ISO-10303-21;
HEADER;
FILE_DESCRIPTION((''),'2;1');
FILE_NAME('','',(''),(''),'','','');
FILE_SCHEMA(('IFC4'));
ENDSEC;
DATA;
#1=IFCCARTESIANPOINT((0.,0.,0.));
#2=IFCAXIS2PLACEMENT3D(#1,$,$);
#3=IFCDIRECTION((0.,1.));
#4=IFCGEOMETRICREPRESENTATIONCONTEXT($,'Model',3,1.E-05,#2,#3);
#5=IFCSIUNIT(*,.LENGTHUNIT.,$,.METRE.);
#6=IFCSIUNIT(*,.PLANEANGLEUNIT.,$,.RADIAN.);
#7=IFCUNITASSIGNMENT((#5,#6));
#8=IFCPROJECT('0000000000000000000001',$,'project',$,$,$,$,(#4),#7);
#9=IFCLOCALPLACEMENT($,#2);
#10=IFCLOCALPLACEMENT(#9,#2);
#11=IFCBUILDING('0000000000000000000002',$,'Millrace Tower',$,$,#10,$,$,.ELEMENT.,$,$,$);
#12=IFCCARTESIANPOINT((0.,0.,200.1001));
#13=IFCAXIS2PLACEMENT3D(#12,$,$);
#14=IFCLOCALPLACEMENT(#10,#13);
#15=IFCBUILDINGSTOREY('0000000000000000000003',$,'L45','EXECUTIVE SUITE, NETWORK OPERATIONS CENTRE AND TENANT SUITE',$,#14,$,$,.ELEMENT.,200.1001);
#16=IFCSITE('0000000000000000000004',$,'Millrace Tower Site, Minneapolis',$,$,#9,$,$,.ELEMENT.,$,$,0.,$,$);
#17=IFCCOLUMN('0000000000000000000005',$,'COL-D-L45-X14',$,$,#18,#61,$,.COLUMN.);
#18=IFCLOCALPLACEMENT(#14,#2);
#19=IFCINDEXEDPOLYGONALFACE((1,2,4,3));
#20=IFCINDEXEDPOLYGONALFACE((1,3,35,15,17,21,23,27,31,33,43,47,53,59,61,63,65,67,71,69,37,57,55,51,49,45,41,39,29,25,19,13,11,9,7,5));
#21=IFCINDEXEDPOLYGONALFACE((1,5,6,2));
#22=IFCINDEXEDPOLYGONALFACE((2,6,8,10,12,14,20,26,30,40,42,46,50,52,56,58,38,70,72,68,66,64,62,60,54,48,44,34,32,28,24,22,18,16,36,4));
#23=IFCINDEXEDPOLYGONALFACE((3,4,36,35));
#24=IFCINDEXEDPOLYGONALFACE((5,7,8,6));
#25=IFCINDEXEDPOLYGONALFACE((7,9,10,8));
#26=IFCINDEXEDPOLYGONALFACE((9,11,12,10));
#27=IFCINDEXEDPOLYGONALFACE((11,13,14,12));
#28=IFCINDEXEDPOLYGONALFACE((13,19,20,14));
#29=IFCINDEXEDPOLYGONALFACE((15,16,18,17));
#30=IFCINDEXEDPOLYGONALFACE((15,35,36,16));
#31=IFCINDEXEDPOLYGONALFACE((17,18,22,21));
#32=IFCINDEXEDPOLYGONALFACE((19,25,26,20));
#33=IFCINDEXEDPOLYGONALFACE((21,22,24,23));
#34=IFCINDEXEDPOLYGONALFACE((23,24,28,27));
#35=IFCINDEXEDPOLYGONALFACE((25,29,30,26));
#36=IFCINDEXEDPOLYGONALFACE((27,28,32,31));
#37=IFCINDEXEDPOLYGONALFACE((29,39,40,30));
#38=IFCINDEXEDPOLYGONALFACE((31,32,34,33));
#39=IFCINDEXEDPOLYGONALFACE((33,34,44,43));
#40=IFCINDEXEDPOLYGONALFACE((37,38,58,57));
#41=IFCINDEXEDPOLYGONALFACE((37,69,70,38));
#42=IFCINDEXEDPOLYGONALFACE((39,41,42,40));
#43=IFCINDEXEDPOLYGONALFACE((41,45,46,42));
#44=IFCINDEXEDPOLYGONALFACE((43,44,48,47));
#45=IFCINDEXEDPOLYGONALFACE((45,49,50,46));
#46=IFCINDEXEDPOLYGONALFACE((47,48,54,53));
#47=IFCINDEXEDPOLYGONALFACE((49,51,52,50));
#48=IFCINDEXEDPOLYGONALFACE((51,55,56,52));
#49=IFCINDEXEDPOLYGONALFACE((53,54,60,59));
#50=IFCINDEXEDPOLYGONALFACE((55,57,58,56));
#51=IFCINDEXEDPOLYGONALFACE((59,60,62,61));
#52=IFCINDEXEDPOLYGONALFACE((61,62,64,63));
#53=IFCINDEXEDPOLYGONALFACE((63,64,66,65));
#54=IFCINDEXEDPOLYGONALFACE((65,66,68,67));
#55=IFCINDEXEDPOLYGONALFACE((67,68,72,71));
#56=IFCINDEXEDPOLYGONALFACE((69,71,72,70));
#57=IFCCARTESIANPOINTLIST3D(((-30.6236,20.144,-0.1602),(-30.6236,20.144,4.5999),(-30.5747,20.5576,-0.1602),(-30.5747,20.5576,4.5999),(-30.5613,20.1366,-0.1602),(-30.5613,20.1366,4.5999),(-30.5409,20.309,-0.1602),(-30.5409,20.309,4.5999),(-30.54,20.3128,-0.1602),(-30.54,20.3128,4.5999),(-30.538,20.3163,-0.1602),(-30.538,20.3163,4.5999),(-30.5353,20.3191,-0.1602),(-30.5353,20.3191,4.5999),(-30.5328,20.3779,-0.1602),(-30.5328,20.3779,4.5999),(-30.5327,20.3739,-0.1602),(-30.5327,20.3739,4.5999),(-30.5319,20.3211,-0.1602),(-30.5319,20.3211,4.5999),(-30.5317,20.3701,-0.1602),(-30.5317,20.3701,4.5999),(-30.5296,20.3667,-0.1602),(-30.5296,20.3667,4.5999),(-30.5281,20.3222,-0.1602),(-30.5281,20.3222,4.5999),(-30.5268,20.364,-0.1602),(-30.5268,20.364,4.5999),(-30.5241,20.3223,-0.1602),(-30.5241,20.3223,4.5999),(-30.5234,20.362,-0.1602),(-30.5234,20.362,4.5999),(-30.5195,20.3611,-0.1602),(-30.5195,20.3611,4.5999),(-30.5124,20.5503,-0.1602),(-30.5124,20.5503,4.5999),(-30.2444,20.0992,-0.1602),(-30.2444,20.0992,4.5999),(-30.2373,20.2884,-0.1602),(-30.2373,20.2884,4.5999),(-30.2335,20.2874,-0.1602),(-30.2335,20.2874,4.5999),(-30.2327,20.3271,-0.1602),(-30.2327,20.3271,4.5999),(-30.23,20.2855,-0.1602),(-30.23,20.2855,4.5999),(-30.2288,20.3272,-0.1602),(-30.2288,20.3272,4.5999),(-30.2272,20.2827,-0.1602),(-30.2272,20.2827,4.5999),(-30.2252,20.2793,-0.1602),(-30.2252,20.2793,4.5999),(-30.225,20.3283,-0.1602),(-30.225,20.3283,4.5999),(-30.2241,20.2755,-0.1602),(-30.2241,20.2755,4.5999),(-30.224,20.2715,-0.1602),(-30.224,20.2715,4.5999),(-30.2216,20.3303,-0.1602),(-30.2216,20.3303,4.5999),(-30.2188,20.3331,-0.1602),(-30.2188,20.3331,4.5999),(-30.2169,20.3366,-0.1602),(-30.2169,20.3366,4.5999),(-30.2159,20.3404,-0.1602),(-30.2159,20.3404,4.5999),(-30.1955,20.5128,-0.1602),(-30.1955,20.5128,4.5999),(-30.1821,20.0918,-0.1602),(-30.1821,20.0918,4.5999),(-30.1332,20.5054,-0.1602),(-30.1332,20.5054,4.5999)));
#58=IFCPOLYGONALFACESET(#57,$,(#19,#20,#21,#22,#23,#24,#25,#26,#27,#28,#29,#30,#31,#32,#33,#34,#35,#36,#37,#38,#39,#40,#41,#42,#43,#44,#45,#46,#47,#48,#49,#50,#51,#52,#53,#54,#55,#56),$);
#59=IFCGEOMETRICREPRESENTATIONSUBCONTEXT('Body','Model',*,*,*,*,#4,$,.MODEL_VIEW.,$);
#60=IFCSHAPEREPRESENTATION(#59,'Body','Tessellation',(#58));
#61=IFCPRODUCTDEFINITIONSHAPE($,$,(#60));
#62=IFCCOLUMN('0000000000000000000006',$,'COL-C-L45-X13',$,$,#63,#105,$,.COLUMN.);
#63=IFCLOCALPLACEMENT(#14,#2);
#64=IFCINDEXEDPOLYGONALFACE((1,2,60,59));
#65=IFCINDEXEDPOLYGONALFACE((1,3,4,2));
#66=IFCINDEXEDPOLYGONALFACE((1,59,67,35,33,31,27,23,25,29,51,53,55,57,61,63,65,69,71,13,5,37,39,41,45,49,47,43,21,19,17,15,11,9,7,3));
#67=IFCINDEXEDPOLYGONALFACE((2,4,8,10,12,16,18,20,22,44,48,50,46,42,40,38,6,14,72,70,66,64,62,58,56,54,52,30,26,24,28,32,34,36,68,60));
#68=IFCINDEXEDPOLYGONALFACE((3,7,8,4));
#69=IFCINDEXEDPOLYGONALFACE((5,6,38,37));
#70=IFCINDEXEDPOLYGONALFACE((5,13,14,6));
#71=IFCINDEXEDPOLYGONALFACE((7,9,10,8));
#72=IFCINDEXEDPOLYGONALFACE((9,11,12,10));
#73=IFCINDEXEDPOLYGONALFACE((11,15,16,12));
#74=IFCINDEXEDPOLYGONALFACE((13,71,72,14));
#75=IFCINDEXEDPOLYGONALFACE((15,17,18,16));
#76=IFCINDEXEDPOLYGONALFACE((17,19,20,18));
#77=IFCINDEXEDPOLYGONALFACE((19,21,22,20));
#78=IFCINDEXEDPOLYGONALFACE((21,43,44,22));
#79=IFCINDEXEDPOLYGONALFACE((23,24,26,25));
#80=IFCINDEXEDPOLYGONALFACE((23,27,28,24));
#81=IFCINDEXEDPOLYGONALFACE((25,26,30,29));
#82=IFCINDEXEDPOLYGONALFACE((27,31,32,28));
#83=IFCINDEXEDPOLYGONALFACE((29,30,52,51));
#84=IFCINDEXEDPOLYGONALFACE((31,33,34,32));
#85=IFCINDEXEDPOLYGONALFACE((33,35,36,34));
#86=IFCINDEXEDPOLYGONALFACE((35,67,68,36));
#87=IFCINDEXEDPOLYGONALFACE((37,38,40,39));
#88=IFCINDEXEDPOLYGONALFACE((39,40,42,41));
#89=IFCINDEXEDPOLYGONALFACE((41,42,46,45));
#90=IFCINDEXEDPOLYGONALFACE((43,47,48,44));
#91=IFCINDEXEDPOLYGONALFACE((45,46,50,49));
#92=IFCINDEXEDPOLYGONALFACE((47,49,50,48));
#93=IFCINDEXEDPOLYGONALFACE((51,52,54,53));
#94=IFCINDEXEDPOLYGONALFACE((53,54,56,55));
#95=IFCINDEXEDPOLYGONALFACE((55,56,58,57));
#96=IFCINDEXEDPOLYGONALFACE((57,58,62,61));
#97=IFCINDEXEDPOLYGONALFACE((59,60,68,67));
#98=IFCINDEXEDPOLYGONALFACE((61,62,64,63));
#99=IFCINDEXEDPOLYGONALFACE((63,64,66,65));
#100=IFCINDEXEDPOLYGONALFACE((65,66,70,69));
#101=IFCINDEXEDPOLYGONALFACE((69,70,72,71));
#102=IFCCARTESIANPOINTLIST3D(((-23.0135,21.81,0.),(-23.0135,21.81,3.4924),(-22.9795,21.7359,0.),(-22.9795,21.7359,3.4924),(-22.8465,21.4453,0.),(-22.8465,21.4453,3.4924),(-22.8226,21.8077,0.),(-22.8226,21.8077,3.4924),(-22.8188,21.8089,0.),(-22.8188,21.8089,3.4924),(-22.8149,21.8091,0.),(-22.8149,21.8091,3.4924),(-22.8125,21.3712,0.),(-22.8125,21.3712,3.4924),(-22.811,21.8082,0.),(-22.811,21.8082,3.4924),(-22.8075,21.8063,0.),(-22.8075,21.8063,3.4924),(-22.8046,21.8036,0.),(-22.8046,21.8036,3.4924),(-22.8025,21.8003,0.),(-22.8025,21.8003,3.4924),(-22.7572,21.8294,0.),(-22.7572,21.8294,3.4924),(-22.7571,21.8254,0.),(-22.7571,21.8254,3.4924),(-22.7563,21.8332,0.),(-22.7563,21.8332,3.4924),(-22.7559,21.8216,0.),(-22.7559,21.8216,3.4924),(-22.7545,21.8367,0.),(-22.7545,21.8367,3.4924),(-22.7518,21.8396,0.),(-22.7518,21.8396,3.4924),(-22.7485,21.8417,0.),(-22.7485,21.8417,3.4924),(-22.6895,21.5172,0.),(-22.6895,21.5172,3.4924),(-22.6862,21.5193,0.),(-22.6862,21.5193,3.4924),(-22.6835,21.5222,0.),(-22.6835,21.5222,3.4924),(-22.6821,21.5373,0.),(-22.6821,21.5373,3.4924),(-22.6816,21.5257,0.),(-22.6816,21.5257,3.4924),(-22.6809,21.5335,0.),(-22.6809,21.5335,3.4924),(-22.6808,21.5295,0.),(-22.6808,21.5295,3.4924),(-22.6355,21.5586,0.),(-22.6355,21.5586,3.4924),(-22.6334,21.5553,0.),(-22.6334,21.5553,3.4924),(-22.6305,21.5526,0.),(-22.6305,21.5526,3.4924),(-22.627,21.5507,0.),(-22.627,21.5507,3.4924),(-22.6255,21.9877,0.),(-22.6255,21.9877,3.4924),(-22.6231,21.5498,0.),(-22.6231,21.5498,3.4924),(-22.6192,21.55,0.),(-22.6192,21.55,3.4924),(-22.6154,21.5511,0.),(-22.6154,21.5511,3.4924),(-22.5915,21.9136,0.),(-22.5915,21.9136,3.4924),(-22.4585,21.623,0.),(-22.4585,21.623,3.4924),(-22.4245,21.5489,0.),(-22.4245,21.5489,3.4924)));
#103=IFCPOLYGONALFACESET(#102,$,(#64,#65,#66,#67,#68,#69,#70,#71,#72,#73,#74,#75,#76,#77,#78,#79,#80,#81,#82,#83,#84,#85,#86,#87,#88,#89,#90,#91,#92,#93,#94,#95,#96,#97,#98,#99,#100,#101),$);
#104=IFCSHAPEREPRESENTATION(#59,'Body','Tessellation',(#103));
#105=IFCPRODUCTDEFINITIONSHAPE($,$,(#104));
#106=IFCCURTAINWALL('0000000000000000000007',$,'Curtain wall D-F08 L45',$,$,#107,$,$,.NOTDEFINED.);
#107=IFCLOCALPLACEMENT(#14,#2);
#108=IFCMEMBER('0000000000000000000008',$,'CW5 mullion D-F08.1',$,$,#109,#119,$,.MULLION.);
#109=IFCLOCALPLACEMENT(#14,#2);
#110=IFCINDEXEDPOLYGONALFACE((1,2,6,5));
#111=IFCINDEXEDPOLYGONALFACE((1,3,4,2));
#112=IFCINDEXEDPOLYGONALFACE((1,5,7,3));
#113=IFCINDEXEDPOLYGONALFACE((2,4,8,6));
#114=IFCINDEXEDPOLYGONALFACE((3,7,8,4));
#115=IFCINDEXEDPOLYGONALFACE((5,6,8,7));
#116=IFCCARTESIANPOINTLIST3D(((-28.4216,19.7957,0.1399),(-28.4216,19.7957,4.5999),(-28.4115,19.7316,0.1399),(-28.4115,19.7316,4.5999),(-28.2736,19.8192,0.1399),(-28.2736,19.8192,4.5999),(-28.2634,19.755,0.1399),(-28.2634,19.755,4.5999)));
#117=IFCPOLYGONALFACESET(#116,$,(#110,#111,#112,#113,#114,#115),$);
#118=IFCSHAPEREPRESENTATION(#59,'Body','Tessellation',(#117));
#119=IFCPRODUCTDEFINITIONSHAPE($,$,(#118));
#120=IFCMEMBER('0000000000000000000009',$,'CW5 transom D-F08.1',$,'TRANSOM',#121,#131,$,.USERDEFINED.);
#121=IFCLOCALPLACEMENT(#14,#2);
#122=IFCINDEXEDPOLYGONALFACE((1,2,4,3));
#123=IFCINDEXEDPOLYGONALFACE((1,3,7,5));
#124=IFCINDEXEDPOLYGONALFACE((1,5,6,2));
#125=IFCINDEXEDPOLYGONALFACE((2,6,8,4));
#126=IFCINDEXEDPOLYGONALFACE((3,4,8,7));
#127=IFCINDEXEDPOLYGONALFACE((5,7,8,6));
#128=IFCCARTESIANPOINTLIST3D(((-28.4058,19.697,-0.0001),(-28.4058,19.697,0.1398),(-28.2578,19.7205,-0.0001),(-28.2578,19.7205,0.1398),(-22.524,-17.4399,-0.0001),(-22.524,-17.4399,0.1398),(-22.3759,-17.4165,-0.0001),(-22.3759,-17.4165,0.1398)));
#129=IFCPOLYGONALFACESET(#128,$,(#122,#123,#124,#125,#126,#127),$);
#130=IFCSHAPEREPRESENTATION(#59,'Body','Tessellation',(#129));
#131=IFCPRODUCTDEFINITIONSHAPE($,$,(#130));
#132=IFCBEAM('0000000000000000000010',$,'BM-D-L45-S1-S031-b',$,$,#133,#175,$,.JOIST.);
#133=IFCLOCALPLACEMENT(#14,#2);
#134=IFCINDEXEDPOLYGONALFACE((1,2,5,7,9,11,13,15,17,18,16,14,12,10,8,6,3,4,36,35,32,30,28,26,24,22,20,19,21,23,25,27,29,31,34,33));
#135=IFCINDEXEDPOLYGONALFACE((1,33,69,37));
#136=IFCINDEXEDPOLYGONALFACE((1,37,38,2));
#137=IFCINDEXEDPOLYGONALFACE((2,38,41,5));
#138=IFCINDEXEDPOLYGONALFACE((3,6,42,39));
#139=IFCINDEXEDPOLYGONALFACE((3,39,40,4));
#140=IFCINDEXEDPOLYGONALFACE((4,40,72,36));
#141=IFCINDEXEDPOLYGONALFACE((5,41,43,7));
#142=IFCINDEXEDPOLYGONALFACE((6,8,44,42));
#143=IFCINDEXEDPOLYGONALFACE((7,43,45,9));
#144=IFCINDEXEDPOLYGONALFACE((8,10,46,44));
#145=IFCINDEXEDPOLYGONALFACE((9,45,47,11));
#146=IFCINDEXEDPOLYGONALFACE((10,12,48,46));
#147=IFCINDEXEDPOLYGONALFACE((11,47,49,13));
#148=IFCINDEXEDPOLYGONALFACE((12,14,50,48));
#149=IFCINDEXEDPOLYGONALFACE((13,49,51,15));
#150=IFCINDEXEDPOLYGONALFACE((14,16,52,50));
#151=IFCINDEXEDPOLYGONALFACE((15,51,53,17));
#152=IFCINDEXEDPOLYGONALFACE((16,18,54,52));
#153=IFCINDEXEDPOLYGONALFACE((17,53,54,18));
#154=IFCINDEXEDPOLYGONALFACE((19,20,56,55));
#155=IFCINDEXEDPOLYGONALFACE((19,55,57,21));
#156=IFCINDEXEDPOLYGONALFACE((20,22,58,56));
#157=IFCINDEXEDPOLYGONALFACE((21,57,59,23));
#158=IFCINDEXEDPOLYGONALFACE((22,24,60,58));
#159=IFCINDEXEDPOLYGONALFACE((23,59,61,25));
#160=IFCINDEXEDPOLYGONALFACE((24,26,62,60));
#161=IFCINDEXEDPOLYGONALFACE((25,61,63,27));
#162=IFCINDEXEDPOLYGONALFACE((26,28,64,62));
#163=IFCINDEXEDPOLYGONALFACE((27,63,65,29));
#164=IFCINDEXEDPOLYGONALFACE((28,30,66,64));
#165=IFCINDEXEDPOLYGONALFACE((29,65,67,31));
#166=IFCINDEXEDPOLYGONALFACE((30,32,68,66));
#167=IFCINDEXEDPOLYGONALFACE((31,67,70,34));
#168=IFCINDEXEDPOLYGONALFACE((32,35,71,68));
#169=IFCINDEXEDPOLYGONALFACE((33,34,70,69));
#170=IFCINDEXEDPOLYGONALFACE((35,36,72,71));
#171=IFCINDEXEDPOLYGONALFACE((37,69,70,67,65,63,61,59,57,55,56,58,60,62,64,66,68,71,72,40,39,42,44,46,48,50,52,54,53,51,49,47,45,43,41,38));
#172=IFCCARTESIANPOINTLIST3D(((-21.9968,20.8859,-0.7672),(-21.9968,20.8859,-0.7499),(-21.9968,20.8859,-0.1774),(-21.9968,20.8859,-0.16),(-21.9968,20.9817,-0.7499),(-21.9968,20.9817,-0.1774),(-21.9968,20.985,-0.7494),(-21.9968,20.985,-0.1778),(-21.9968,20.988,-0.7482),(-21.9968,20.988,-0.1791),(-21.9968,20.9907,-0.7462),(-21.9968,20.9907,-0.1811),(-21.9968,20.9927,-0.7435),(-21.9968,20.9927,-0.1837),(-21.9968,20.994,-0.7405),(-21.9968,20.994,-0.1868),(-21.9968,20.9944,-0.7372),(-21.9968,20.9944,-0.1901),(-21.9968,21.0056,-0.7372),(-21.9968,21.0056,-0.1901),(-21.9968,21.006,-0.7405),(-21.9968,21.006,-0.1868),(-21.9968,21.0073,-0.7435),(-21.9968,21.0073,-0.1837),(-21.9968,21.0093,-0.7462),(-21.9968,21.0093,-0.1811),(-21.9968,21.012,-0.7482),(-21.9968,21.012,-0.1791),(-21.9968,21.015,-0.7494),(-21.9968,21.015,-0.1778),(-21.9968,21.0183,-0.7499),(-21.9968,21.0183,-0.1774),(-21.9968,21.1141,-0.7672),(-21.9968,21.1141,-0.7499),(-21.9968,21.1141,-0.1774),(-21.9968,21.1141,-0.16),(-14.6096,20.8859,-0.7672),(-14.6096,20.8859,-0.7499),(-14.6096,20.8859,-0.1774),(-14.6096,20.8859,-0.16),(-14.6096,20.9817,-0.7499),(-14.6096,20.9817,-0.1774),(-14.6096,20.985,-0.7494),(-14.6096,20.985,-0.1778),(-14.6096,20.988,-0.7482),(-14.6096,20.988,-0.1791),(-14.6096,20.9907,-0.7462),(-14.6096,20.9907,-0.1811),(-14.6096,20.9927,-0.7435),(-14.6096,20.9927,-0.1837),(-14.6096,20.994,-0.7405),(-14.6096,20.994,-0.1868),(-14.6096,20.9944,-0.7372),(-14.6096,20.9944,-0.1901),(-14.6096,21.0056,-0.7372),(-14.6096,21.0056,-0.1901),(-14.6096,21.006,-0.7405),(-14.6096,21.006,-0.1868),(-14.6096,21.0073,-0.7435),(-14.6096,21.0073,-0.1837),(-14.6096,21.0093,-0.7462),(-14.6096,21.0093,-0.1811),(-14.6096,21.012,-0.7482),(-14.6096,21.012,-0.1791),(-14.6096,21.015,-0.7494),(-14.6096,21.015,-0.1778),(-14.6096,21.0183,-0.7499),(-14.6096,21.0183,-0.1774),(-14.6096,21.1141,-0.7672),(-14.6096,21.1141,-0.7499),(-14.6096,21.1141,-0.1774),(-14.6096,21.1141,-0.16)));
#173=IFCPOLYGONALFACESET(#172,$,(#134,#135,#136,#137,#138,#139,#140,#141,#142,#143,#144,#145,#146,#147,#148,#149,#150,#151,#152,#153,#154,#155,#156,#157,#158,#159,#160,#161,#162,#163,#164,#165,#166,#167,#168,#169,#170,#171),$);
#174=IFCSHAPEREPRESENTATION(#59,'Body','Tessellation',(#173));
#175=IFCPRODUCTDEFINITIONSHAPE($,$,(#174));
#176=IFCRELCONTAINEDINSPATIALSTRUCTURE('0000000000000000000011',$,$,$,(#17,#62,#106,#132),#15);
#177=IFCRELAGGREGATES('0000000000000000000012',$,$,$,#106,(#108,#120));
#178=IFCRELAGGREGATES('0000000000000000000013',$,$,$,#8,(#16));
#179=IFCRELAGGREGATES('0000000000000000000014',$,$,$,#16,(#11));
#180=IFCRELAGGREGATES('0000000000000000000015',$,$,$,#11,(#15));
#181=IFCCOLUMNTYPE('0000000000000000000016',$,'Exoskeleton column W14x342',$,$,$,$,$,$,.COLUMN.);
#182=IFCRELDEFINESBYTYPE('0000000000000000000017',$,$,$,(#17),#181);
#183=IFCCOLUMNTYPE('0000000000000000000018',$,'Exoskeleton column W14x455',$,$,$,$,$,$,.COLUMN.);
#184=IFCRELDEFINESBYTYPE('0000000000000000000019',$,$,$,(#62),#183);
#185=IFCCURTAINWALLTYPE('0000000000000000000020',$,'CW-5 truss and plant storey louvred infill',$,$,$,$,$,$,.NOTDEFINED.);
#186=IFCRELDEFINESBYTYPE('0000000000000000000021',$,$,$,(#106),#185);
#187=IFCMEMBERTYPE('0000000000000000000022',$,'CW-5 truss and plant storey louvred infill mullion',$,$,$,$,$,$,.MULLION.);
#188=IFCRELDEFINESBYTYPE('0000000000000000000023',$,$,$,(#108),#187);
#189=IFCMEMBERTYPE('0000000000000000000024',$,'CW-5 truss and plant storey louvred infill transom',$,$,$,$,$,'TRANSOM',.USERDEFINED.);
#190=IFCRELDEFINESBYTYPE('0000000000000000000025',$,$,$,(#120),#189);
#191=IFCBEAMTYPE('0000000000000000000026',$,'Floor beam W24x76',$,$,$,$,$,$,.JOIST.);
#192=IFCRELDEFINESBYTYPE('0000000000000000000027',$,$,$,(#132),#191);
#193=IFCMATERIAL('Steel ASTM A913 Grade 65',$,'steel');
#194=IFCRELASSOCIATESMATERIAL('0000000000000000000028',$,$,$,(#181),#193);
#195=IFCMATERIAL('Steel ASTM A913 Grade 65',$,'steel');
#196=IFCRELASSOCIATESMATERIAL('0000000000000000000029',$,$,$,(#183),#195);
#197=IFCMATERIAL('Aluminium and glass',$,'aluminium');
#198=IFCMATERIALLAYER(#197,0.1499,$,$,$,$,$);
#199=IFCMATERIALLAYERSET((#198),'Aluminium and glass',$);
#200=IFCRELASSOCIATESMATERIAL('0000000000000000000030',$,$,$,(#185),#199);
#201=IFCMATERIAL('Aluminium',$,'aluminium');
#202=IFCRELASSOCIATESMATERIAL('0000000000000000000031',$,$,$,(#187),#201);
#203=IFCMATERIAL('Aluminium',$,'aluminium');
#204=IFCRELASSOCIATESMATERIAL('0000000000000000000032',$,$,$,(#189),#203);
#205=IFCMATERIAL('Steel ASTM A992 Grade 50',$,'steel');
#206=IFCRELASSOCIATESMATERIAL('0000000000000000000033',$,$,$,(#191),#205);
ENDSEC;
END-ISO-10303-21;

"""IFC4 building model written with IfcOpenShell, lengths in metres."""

from ifc_helpers import new_model, si_unit, direction, frame, origin, origin_2d, place, context, subcontext, project, spatial, rectangle, i_section, extrude, material, layer, layer_set, material_profile, profile_set, type_object, element, aggregate, save


model = new_model("IFC4")

# Units and contexts
model_context = context("Model", 3, precision=1e-05, world=origin(), true_north=direction((0.0, 1.0)))
body_context = subcontext(model_context, "Body", "Model", "MODEL_VIEW")
ifc_project = project(units=[si_unit("LENGTHUNIT", "METRE"), si_unit("PLANEANGLEUNIT", "RADIAN")], contexts=[model_context])

# Site, building, storey
site_placement = place(None, origin())
site = spatial("IfcSite", under=ifc_project, at=site_placement, Name="Millrace Tower Site, Minneapolis", CompositionType="ELEMENT", RefElevation=0.0)
building_placement = place(site_placement, origin())
building = spatial("IfcBuilding", under=site, at=building_placement, Name="Millrace Tower", CompositionType="ELEMENT")
storey_placement = place(building_placement, frame((0.0, 0.0, 200.1001)))
storey = spatial("IfcBuildingStorey", under=building, at=storey_placement, Name="L45", Description="EXECUTIVE SUITE, NETWORK OPERATIONS CENTRE AND TENANT SUITE", CompositionType="ELEMENT", Elevation=200.1001)

# Columns
ifc_material_1 = material(Name="Steel ASTM A913 Grade 65", Category="steel")
ifc_material_profile_1 = material_profile(ifc_material_1, i_section(OverallWidth=0.4165, OverallDepth=0.4446, WebThickness=0.0391, FlangeThickness=0.0627, FilletRadius=0.0151, at=origin_2d()))
ifc_profile_set_1 = profile_set([ifc_material_profile_1], Name="Steel ASTM A913 Grade 65")
column_type_1 = type_object("IfcColumnType", Name="Exoskeleton column W14x342", PredefinedType="COLUMN", material=ifc_profile_set_1)
column_1_placement = place(storey_placement, frame((-30.3784, 20.3247, -0.1602), z_axis=(0.0, 0.0, 1.0), x_axis=(-0.117421, -0.993082, 0.0)))
element("IfcColumn", 1, at=column_1_placement, inside=storey, type_object=column_type_1, Name="COL-D-L45-X14", PredefinedType="COLUMN", context=body_context, shape_type="SweptSolid", body=[
    extrude(i_section(OverallWidth=0.4165, OverallDepth=0.4446, WebThickness=0.0391, FlangeThickness=0.0627, FilletRadius=0.0151, at=origin_2d()), origin(), (0.0, 0.0, 1.0), 4.76),
])
ifc_material_2 = material(Name="Steel ASTM A913 Grade 65", Category="steel")
ifc_material_profile_2 = material_profile(ifc_material_2, i_section(OverallWidth=0.4268, OverallDepth=0.4827, WebThickness=0.0513, FlangeThickness=0.0815, FilletRadius=0.0151, at=origin_2d()))
ifc_profile_set_2 = profile_set([ifc_material_profile_2], Name="Steel ASTM A913 Grade 65")
column_type_2 = type_object("IfcColumnType", Name="Exoskeleton column W14x455", PredefinedType="COLUMN", material=ifc_profile_set_2)
column_2_placement = place(storey_placement, frame((-22.719, 21.6794, 0.0), z_axis=(0.0, 0.0, 1.0), x_axis=(-0.909181, -0.416401, 0.0)))
element("IfcColumn", 2, at=column_2_placement, inside=storey, type_object=column_type_2, Name="COL-C-L45-X13", PredefinedType="COLUMN", context=body_context, shape_type="SweptSolid", body=[
    extrude(i_section(OverallWidth=0.4268, OverallDepth=0.4827, WebThickness=0.0513, FlangeThickness=0.0815, FilletRadius=0.0151, at=origin_2d()), origin(), (0.0, 0.0, 1.0), 3.4924),
])

# Curtain wall, members
ifc_material_3 = material(Name="Aluminium and glass", Category="aluminium")
ifc_layer_1 = layer(ifc_material_3, 0.1499)
ifc_layer_set_1 = layer_set([ifc_layer_1], Name="Aluminium and glass")
curtain_wall_type = type_object("IfcCurtainWallType", Name="CW-5 truss and plant storey louvred infill", PredefinedType="NOTDEFINED", material=ifc_layer_set_1)
curtain_wall_placement = place(storey_placement, origin())
curtain_wall = element("IfcCurtainWall", 3, at=curtain_wall_placement, inside=storey, type_object=curtain_wall_type, Name="Curtain wall D-F08 L45", PredefinedType="NOTDEFINED")
ifc_material_4 = material(Name="Aluminium", Category="aluminium")
ifc_material_profile_3 = material_profile(ifc_material_4, rectangle(XDim=0.0649, YDim=0.1499, at=origin_2d()))
ifc_profile_set_3 = profile_set([ifc_material_profile_3], Name="Aluminium")
member_type_1 = type_object("IfcMemberType", Name="CW-5 truss and plant storey louvred infill mullion", PredefinedType="MULLION", material=ifc_profile_set_3)
member_1_placement = place(storey_placement, frame((-28.3425, 19.7754, 0.1399), z_axis=(0.0, 0.0, 1.0), x_axis=(0.156434, -0.987688, 0.0)))
member_1 = element("IfcMember", 4, at=member_1_placement, type_object=member_type_1, Name="CW5 mullion D-F08.1", PredefinedType="MULLION", context=body_context, shape_type="SweptSolid", body=[
    extrude(rectangle(XDim=0.0649, YDim=0.1499, at=origin_2d()), origin(), (0.0, 0.0, 1.0), 4.46),
])
ifc_material_5 = material(Name="Aluminium", Category="aluminium")
ifc_material_profile_4 = material_profile(ifc_material_5, rectangle(XDim=0.1499, YDim=0.1399, at=origin_2d()))
ifc_profile_set_4 = profile_set([ifc_material_profile_4], Name="Aluminium")
member_type_2 = type_object("IfcMemberType", Name="CW-5 truss and plant storey louvred infill transom", ElementType="TRANSOM", PredefinedType="USERDEFINED", material=ifc_profile_set_4)
member_2_placement = place(storey_placement, frame((-28.3318, 19.7087, 0.0698), z_axis=(0.156432, -0.987689, 0.0), x_axis=(0.987689, 0.156432, 0.0)))
member_2 = element("IfcMember", 5, at=member_2_placement, type_object=member_type_2, Name="CW5 transom D-F08.1", ObjectType="TRANSOM", PredefinedType="USERDEFINED", context=body_context, shape_type="SweptSolid", body=[
    extrude(rectangle(XDim=0.1499, YDim=0.1399, at=origin_2d()), origin(), (0.0, 0.0, 1.0), 37.5999),
])
aggregate(curtain_wall, [member_1, member_2])

# Beam
ifc_material_6 = material(Name="Steel ASTM A992 Grade 50", Category="steel")
ifc_material_profile_5 = material_profile(ifc_material_6, i_section(OverallWidth=0.2283, OverallDepth=0.6072, WebThickness=0.0112, FlangeThickness=0.0173, FilletRadius=0.0127, at=origin_2d()))
ifc_profile_set_5 = profile_set([ifc_material_profile_5], Name="Steel ASTM A992 Grade 50")
beam_type_1 = type_object("IfcBeamType", Name="Floor beam W24x76", PredefinedType="JOIST", material=ifc_profile_set_5)
beam_1_placement = place(storey_placement, frame((-21.9968, 21.0, -0.4636), z_axis=(1.0, 0.0, 0.0), x_axis=(0.0, 1.0, 0.0)))
element("IfcBeam", 6, at=beam_1_placement, inside=storey, type_object=beam_type_1, Name="BM-D-L45-S1-S031-b", PredefinedType="JOIST", context=body_context, shape_type="SweptSolid", body=[
    extrude(i_section(OverallWidth=0.2283, OverallDepth=0.6072, WebThickness=0.0112, FlangeThickness=0.0173, FilletRadius=0.0127, at=origin_2d()), origin(), (0.0, 0.0, 1.0), 7.3872),
])

save(model, "model.ifc")
